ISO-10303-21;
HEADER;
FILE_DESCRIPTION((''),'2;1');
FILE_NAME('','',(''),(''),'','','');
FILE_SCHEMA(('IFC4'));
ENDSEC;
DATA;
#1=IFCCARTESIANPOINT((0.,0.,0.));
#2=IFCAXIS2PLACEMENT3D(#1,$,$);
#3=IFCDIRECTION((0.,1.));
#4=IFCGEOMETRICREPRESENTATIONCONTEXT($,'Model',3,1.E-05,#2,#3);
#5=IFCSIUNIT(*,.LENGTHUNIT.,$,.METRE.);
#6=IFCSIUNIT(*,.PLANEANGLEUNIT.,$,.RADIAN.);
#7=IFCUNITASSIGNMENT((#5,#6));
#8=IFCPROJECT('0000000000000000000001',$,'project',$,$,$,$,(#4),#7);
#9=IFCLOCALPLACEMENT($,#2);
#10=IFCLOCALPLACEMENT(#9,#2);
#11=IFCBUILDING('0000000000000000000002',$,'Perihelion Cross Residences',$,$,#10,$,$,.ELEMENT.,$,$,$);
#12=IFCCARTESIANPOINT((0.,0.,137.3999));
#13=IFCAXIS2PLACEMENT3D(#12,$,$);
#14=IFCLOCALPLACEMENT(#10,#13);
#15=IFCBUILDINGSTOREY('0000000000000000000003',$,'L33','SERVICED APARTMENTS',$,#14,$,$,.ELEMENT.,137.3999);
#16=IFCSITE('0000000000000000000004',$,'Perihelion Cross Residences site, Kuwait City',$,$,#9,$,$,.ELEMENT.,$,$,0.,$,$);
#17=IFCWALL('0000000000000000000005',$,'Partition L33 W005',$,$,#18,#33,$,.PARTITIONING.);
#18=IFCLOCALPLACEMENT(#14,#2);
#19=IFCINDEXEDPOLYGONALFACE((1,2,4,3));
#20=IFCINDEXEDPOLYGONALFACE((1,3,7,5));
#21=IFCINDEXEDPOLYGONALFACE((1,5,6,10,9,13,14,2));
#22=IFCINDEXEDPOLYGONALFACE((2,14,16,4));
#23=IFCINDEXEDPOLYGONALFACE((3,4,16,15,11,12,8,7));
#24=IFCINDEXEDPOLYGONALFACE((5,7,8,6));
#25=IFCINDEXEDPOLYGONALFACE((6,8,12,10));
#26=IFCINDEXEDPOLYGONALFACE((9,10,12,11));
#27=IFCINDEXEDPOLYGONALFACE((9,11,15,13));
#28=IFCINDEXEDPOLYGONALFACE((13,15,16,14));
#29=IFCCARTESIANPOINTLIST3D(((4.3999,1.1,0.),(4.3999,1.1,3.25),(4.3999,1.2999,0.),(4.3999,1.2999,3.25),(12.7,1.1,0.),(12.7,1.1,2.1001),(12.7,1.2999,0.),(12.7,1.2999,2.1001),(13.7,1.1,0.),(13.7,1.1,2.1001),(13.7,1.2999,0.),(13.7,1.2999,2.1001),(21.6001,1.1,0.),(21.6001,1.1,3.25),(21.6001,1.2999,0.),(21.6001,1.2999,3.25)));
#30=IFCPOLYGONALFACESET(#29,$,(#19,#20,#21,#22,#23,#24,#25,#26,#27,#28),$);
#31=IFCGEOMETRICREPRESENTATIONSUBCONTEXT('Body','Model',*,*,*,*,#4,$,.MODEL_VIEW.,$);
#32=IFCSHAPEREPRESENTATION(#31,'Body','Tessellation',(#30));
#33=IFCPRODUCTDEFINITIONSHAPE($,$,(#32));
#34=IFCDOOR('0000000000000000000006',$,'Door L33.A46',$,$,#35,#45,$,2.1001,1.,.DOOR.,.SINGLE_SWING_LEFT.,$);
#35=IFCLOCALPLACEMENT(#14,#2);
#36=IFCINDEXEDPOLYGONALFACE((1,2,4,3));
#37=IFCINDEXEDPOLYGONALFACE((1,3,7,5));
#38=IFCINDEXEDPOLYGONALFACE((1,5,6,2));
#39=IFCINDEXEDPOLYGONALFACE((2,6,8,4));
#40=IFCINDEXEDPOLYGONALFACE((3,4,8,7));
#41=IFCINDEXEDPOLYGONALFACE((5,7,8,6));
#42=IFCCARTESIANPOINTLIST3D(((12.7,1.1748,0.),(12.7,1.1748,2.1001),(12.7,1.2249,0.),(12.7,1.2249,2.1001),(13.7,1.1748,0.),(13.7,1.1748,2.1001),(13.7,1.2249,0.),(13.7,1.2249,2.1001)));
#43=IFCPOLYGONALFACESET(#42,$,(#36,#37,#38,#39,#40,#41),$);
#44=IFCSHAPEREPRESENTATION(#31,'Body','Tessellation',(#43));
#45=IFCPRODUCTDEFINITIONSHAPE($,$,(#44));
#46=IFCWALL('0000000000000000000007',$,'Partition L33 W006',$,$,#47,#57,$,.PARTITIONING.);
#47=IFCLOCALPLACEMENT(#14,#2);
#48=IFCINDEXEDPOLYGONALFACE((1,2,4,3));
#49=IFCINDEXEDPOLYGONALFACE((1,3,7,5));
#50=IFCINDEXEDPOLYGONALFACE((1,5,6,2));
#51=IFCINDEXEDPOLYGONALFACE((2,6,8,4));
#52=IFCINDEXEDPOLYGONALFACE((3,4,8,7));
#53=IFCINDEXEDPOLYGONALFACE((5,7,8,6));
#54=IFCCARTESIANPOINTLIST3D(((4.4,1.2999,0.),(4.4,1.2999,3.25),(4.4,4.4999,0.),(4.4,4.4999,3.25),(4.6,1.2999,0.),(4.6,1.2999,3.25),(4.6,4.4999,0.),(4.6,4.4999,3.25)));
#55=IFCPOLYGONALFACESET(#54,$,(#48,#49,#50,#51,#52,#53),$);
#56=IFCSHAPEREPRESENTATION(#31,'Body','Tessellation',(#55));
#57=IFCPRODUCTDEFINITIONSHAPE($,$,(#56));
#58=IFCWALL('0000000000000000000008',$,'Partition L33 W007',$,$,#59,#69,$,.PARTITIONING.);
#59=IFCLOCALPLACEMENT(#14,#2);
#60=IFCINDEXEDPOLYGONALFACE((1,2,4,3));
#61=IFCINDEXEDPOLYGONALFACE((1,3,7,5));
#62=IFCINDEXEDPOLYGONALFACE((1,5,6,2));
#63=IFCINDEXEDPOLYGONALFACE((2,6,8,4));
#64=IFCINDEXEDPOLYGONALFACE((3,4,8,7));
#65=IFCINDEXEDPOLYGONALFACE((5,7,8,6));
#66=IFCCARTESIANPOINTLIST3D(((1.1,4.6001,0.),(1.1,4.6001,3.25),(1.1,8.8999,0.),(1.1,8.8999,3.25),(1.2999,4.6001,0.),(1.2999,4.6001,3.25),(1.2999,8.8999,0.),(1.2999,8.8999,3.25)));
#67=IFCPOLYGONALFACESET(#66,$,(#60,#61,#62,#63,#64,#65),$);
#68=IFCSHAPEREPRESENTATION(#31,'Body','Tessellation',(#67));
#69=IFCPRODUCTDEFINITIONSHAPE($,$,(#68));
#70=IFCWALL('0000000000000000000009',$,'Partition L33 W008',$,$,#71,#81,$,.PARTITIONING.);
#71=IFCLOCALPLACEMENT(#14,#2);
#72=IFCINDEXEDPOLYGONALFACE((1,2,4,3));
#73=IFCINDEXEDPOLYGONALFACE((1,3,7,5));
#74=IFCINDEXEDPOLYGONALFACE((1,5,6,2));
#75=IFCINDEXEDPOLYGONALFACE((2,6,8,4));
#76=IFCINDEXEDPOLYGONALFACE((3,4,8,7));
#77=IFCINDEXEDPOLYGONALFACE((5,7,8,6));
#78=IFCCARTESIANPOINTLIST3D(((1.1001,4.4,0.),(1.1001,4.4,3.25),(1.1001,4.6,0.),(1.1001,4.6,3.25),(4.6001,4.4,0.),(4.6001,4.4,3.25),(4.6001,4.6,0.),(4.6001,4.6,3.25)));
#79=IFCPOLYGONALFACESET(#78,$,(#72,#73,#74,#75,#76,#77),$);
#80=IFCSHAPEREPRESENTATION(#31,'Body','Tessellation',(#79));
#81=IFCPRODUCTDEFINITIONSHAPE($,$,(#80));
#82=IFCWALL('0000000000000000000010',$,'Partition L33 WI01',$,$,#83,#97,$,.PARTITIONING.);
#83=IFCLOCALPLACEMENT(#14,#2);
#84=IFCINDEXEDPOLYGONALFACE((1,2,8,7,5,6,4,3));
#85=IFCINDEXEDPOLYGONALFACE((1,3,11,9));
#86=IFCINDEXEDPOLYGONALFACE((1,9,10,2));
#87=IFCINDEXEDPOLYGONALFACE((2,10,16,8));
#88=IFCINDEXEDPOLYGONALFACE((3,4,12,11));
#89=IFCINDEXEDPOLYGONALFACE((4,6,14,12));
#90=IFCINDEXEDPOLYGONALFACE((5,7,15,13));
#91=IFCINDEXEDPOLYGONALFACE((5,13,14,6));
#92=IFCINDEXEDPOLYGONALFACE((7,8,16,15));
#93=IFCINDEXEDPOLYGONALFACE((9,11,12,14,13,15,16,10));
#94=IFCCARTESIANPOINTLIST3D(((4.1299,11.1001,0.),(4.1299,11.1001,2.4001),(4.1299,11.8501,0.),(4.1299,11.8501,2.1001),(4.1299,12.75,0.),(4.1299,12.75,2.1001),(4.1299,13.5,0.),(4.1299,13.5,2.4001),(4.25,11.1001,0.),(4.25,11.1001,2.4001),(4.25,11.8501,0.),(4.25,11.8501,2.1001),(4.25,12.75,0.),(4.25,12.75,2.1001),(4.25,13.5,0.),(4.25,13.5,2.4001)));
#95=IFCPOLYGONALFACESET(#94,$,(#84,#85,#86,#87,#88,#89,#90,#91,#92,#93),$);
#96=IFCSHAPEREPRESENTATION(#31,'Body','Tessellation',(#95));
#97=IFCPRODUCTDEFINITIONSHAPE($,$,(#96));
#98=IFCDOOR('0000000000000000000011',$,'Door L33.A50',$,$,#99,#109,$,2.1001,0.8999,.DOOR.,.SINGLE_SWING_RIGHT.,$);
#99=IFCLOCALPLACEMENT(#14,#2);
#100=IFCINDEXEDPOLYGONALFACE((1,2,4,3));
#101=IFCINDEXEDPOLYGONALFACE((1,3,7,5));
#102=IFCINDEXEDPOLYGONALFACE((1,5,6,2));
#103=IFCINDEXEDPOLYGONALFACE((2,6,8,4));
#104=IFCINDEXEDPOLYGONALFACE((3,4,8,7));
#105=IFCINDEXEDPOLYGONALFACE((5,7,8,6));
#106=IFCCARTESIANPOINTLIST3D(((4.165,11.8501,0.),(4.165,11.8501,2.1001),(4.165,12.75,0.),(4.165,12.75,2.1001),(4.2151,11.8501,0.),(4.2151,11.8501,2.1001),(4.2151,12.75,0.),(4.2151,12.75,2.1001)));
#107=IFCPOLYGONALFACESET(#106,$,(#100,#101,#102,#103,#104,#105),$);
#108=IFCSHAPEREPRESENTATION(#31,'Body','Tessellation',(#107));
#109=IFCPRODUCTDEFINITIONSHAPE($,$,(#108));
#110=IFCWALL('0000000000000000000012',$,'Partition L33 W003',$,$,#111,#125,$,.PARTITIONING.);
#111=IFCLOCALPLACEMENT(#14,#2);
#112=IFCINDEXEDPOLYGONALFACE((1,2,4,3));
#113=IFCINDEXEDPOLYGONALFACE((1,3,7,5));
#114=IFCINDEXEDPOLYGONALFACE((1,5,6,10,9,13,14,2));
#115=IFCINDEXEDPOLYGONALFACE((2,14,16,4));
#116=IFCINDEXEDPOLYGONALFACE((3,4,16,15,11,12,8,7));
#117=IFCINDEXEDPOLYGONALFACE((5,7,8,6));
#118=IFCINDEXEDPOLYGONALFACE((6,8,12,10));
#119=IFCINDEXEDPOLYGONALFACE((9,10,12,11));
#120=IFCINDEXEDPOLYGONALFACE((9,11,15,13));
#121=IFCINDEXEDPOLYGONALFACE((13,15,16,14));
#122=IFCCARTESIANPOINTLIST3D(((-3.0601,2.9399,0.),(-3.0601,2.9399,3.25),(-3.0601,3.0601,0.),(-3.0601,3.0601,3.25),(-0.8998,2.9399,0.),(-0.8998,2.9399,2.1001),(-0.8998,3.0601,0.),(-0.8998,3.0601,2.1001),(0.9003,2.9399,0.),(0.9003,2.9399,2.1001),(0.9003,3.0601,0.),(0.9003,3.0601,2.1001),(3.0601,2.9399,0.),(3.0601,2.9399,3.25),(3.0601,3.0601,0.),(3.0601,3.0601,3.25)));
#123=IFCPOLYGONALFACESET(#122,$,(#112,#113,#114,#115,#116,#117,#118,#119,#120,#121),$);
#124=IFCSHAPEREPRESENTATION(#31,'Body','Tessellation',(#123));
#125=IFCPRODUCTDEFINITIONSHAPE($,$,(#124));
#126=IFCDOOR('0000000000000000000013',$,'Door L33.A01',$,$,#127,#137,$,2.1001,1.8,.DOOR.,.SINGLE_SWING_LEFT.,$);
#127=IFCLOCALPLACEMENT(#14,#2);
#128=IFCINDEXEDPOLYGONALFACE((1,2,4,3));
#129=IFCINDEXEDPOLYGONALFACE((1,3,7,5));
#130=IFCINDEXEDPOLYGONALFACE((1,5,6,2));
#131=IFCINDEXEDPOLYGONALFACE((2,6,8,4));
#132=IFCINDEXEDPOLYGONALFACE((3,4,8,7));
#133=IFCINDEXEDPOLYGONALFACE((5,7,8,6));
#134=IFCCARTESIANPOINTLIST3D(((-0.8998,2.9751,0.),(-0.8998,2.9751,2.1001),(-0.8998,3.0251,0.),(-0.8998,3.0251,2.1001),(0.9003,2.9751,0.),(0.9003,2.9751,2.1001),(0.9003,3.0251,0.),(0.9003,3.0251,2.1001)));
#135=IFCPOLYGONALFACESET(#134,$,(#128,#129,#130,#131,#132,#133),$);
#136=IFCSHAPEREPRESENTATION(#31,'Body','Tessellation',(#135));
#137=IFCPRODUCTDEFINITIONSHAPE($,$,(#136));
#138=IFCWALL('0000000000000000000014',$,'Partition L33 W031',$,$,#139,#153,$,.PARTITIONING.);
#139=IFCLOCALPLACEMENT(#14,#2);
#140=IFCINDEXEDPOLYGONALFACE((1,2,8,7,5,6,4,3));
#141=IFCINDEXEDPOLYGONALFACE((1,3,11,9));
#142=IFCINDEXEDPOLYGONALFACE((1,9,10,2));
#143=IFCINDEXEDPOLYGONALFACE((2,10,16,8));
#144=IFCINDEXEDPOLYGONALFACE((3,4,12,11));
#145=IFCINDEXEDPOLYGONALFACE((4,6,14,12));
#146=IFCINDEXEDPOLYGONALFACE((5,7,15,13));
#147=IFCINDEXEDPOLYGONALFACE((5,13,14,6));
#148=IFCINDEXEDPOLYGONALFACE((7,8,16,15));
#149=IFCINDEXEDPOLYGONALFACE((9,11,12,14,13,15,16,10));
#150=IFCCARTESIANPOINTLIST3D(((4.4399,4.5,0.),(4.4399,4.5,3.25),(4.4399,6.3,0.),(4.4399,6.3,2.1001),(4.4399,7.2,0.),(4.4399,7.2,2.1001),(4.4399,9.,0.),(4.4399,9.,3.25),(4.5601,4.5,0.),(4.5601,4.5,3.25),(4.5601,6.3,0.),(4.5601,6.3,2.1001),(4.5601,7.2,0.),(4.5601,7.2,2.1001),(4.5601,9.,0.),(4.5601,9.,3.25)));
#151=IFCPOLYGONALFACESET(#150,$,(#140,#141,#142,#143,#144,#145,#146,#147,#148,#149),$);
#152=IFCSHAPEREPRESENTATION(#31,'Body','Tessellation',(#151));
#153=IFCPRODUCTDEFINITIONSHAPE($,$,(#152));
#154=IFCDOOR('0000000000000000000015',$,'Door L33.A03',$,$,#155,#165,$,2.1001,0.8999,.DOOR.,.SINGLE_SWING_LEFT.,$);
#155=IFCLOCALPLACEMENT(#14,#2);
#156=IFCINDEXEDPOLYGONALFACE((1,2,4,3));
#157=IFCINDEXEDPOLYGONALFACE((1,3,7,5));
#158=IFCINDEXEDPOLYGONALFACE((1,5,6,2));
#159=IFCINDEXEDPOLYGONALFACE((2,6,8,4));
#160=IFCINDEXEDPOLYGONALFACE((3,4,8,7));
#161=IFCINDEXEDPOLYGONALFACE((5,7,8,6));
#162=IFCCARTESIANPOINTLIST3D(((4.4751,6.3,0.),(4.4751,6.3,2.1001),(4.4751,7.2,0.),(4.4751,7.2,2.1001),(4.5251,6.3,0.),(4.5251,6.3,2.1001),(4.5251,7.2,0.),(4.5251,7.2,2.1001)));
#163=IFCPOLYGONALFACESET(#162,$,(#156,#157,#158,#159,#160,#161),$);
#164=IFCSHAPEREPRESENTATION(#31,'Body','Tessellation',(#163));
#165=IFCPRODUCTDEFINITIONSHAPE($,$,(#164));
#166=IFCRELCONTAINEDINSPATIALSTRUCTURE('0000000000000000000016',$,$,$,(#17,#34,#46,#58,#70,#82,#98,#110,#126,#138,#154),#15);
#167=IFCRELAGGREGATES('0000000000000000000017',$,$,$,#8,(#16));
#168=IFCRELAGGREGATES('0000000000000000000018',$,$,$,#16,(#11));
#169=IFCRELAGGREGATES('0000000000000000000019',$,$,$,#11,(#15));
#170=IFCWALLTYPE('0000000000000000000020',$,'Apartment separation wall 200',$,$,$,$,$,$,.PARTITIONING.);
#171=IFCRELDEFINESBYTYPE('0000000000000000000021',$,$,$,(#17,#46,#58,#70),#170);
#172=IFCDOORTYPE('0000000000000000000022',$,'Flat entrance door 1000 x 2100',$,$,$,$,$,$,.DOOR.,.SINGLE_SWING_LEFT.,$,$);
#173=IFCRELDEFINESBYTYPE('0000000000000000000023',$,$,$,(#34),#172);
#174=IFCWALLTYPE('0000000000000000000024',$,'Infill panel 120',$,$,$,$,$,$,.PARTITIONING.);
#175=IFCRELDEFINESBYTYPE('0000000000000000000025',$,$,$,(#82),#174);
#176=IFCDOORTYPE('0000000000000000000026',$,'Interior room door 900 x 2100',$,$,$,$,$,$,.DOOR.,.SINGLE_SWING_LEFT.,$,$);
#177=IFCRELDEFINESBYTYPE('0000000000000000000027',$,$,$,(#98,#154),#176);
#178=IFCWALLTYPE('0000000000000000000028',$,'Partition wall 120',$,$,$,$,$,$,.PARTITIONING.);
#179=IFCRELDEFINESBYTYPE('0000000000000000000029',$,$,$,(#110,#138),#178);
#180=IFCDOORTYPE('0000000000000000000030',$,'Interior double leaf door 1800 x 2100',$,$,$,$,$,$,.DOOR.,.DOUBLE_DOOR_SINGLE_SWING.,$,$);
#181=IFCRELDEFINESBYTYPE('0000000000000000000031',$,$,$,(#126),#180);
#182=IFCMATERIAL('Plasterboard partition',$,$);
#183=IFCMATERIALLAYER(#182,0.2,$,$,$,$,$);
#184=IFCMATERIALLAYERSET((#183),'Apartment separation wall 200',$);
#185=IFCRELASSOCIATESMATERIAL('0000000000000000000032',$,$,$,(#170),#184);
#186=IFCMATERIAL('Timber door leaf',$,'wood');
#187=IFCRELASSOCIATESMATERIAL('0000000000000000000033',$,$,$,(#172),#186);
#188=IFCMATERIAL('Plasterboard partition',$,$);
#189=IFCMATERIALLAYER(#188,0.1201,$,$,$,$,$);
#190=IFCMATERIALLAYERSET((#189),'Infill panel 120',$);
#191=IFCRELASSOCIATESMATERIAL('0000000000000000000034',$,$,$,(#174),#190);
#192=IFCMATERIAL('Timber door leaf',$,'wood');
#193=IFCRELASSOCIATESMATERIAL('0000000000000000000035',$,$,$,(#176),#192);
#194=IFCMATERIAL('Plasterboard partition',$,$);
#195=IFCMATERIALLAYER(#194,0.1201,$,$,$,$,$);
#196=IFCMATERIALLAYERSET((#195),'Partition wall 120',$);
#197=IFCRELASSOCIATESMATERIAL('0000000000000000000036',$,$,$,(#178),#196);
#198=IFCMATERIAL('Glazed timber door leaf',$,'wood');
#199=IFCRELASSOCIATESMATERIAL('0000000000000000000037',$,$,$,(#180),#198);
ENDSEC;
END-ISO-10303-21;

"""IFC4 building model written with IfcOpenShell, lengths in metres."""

from ifc_helpers import new_model, si_unit, direction, frame, frame_2d, origin, place, context, subcontext, project, spatial, rectangle, extrude, material, layer, layer_set, type_object, element, fill, save


model = new_model("IFC4")

# Units and contexts
model_context = context("Model", 3, precision=1e-05, world=origin(), true_north=direction((0.0, 1.0)))
body_context = subcontext(model_context, "Body", "Model", "MODEL_VIEW")
ifc_project = project(units=[si_unit("LENGTHUNIT", "METRE"), si_unit("PLANEANGLEUNIT", "RADIAN")], contexts=[model_context])

# Site, building, storey
site_placement = place(None, origin())
site = spatial("IfcSite", under=ifc_project, at=site_placement, Name="Perihelion Cross Residences site, Kuwait City", CompositionType="ELEMENT", RefElevation=0.0)
building_placement = place(site_placement, origin())
building = spatial("IfcBuilding", under=site, at=building_placement, Name="Perihelion Cross Residences", CompositionType="ELEMENT")
storey_placement = place(building_placement, frame((0.0, 0.0, 137.3999)))
storey = spatial("IfcBuildingStorey", under=building, at=storey_placement, Name="L33", Description="SERVICED APARTMENTS", CompositionType="ELEMENT", Elevation=137.3999)

# Wall, opening, door
ifc_material_1 = material(Name="Plasterboard partition")
ifc_layer_1 = layer(ifc_material_1, 0.2)
ifc_layer_set_1 = layer_set([ifc_layer_1], Name="Apartment separation wall 200")
wall_type_1 = type_object("IfcWallType", Name="Apartment separation wall 200", PredefinedType="PARTITIONING", material=ifc_layer_set_1)
wall_1_placement = place(storey_placement, frame((4.3999, 1.2, 0.0), z_axis=(0.0, 0.0, 1.0), x_axis=(1.0, 0.0, 0.0)))
wall_1 = element("IfcWall", 1, at=wall_1_placement, inside=storey, type_object=wall_type_1, Name="Partition L33 W005", PredefinedType="PARTITIONING", context=body_context, shape_type="SweptSolid", body=[
    extrude(rectangle(XDim=17.2002, YDim=0.2, at=frame_2d((8.6001, 0.0))), origin(), (0.0, 0.0, 1.0), 3.25),
])
opening_1_placement = place(wall_1_placement, frame((8.3, 0.0, 0.0)))
opening_1 = element("IfcOpeningElement", 2, at=opening_1_placement, cuts=wall_1, PredefinedType="OPENING", context=body_context, shape_type="SweptSolid", body=[
    extrude(rectangle(XDim=1.0, YDim=2.1001, at=frame_2d((0.5, 1.05))), frame((0.0, 0.1099, 0.0), z_axis=(0.0, -1.0, 0.0), x_axis=(1.0, 0.0, 0.0)), (0.0, 0.0, 1.0), 0.22),
])
ifc_material_2 = material(Name="Timber door leaf", Category="wood")
door_type_1 = type_object("IfcDoorType", Name="Flat entrance door 1000 x 2100", OperationType="SINGLE_SWING_LEFT", PredefinedType="DOOR", material=ifc_material_2)
door_1_placement = place(opening_1_placement, origin())
door_1 = element("IfcDoor", 3, at=door_1_placement, inside=storey, type_object=door_type_1, Name="Door L33.A46", OperationType="SINGLE_SWING_LEFT", OverallHeight=2.1001, OverallWidth=1.0, PredefinedType="DOOR", context=body_context, shape_type="SweptSolid", body=[
    extrude(rectangle(XDim=1.0, YDim=2.1001, at=frame_2d((0.5, 1.05))), frame((0.0, 0.0249, 0.0), z_axis=(0.0, -1.0, 0.0), x_axis=(1.0, 0.0, 0.0)), (0.0, 0.0, 1.0), 0.05),
])
fill(opening_1, door_1)

# Walls
wall_2_placement = place(storey_placement, frame((4.5, 4.5, 0.0), z_axis=(0.0, 0.0, 1.0), x_axis=(0.0, -1.0, 0.0)))
element("IfcWall", 4, at=wall_2_placement, inside=storey, type_object=wall_type_1, Name="Partition L33 W006", PredefinedType="PARTITIONING", context=body_context, shape_type="SweptSolid", body=[
    extrude(rectangle(XDim=3.2, YDim=0.2, at=frame_2d((1.6001, 0.0))), origin(), (0.0, 0.0, 1.0), 3.25),
])
wall_3_placement = place(storey_placement, frame((1.2, 8.8999, 0.0), z_axis=(0.0, 0.0, 1.0), x_axis=(0.0, -1.0, 0.0)))
element("IfcWall", 5, at=wall_3_placement, inside=storey, type_object=wall_type_1, Name="Partition L33 W007", PredefinedType="PARTITIONING", context=body_context, shape_type="SweptSolid", body=[
    extrude(rectangle(XDim=4.2998, YDim=0.2, at=frame_2d((2.1499, 0.0))), origin(), (0.0, 0.0, 1.0), 3.25),
])
wall_4_placement = place(storey_placement, frame((1.1001, 4.5, 0.0), z_axis=(0.0, 0.0, 1.0), x_axis=(1.0, 0.0, 0.0)))
element("IfcWall", 6, at=wall_4_placement, inside=storey, type_object=wall_type_1, Name="Partition L33 W008", PredefinedType="PARTITIONING", context=body_context, shape_type="SweptSolid", body=[
    extrude(rectangle(XDim=3.5, YDim=0.2, at=frame_2d((1.75, 0.0))), origin(), (0.0, 0.0, 1.0), 3.25),
])

# Walls, openings, doors
ifc_material_3 = material(Name="Plasterboard partition")
ifc_layer_2 = layer(ifc_material_3, 0.1201)
ifc_layer_set_2 = layer_set([ifc_layer_2], Name="Infill panel 120")
wall_type_2 = type_object("IfcWallType", Name="Infill panel 120", PredefinedType="PARTITIONING", material=ifc_layer_set_2)
wall_5_placement = place(storey_placement, frame((4.1899, 11.1001, 0.0), z_axis=(0.0, 0.0, 1.0), x_axis=(0.0, 1.0, 0.0)))
wall_5 = element("IfcWall", 7, at=wall_5_placement, inside=storey, type_object=wall_type_2, Name="Partition L33 WI01", PredefinedType="PARTITIONING", context=body_context, shape_type="SweptSolid", body=[
    extrude(rectangle(XDim=2.3999, YDim=0.1201, at=frame_2d((1.2, 0.0))), origin(), (0.0, 0.0, 1.0), 2.4001),
])
opening_2_placement = place(wall_5_placement, frame((0.75, 0.0, 0.0)))
opening_2 = element("IfcOpeningElement", 8, at=opening_2_placement, cuts=wall_5, PredefinedType="OPENING", context=body_context, shape_type="SweptSolid", body=[
    extrude(rectangle(XDim=0.8999, YDim=2.1001, at=frame_2d((0.45, 1.05))), frame((0.0, 0.0701, 0.0), z_axis=(0.0, -1.0, 0.0), x_axis=(1.0, 0.0, 0.0)), (0.0, 0.0, 1.0), 0.1401),
])
ifc_material_4 = material(Name="Timber door leaf", Category="wood")
door_type_2 = type_object("IfcDoorType", Name="Interior room door 900 x 2100", OperationType="SINGLE_SWING_LEFT", PredefinedType="DOOR", material=ifc_material_4)
door_2_placement = place(opening_2_placement, origin())
door_2 = element("IfcDoor", 9, at=door_2_placement, inside=storey, type_object=door_type_2, Name="Door L33.A50", OperationType="SINGLE_SWING_RIGHT", OverallHeight=2.1001, OverallWidth=0.8999, PredefinedType="DOOR", context=body_context, shape_type="SweptSolid", body=[
    extrude(rectangle(XDim=0.8999, YDim=2.1001, at=frame_2d((0.45, 1.05))), frame((0.0, 0.0249, 0.0), z_axis=(0.0, -1.0, 0.0), x_axis=(1.0, 0.0, 0.0)), (0.0, 0.0, 1.0), 0.05),
])
fill(opening_2, door_2)
ifc_material_5 = material(Name="Plasterboard partition")
ifc_layer_3 = layer(ifc_material_5, 0.1201)
ifc_layer_set_3 = layer_set([ifc_layer_3], Name="Partition wall 120")
wall_type_3 = type_object("IfcWallType", Name="Partition wall 120", PredefinedType="PARTITIONING", material=ifc_layer_set_3)
wall_6_placement = place(storey_placement, frame((3.0601, 3.0, 0.0), z_axis=(0.0, 0.0, 1.0), x_axis=(-1.0, 0.0, 0.0)))
wall_6 = element("IfcWall", 10, at=wall_6_placement, inside=storey, type_object=wall_type_3, Name="Partition L33 W003", PredefinedType="PARTITIONING", context=body_context, shape_type="SweptSolid", body=[
    extrude(rectangle(XDim=6.1201, YDim=0.1201, at=frame_2d((3.0601, 0.0))), origin(), (0.0, 0.0, 1.0), 3.25),
])
opening_3_placement = place(wall_6_placement, frame((2.1599, 0.0, 0.0)))
opening_3 = element("IfcOpeningElement", 11, at=opening_3_placement, cuts=wall_6, PredefinedType="OPENING", context=body_context, shape_type="SweptSolid", body=[
    extrude(rectangle(XDim=1.8, YDim=2.1001, at=frame_2d((0.8999, 1.05))), frame((0.0, 0.0701, 0.0), z_axis=(0.0, -1.0, 0.0), x_axis=(1.0, 0.0, 0.0)), (0.0, 0.0, 1.0), 0.1401),
])
ifc_material_6 = material(Name="Glazed timber door leaf", Category="wood")
door_type_3 = type_object("IfcDoorType", Name="Interior double leaf door 1800 x 2100", OperationType="DOUBLE_DOOR_SINGLE_SWING", PredefinedType="DOOR", material=ifc_material_6)
door_3_placement = place(opening_3_placement, origin())
door_3 = element("IfcDoor", 12, at=door_3_placement, inside=storey, type_object=door_type_3, Name="Door L33.A01", OperationType="SINGLE_SWING_LEFT", OverallHeight=2.1001, OverallWidth=1.8, PredefinedType="DOOR", context=body_context, shape_type="SweptSolid", body=[
    extrude(rectangle(XDim=1.8, YDim=2.1001, at=frame_2d((0.8999, 1.05))), frame((0.0, 0.0249, 0.0), z_axis=(0.0, -1.0, 0.0), x_axis=(1.0, 0.0, 0.0)), (0.0, 0.0, 1.0), 0.05),
])
fill(opening_3, door_3)
wall_7_placement = place(storey_placement, frame((4.5, 4.5, 0.0), z_axis=(0.0, 0.0, 1.0), x_axis=(0.0, 1.0, 0.0)))
wall_7 = element("IfcWall", 13, at=wall_7_placement, inside=storey, type_object=wall_type_3, Name="Partition L33 W031", PredefinedType="PARTITIONING", context=body_context, shape_type="SweptSolid", body=[
    extrude(rectangle(XDim=4.5, YDim=0.1201, at=frame_2d((2.25, 0.0))), origin(), (0.0, 0.0, 1.0), 3.25),
])
opening_4_placement = place(wall_7_placement, frame((1.8, 0.0, 0.0)))
opening_4 = element("IfcOpeningElement", 14, at=opening_4_placement, cuts=wall_7, PredefinedType="OPENING", context=body_context, shape_type="SweptSolid", body=[
    extrude(rectangle(XDim=0.8999, YDim=2.1001, at=frame_2d((0.45, 1.05))), frame((0.0, 0.0701, 0.0), z_axis=(0.0, -1.0, 0.0), x_axis=(1.0, 0.0, 0.0)), (0.0, 0.0, 1.0), 0.1401),
])
door_4_placement = place(opening_4_placement, origin())
door_4 = element("IfcDoor", 15, at=door_4_placement, inside=storey, type_object=door_type_2, Name="Door L33.A03", OperationType="SINGLE_SWING_LEFT", OverallHeight=2.1001, OverallWidth=0.8999, PredefinedType="DOOR", context=body_context, shape_type="SweptSolid", body=[
    extrude(rectangle(XDim=0.8999, YDim=2.1001, at=frame_2d((0.45, 1.05))), frame((0.0, 0.0249, 0.0), z_axis=(0.0, -1.0, 0.0), x_axis=(1.0, 0.0, 0.0)), (0.0, 0.0, 1.0), 0.05),
])
fill(opening_4, door_4)

save(model, "model.ifc")
